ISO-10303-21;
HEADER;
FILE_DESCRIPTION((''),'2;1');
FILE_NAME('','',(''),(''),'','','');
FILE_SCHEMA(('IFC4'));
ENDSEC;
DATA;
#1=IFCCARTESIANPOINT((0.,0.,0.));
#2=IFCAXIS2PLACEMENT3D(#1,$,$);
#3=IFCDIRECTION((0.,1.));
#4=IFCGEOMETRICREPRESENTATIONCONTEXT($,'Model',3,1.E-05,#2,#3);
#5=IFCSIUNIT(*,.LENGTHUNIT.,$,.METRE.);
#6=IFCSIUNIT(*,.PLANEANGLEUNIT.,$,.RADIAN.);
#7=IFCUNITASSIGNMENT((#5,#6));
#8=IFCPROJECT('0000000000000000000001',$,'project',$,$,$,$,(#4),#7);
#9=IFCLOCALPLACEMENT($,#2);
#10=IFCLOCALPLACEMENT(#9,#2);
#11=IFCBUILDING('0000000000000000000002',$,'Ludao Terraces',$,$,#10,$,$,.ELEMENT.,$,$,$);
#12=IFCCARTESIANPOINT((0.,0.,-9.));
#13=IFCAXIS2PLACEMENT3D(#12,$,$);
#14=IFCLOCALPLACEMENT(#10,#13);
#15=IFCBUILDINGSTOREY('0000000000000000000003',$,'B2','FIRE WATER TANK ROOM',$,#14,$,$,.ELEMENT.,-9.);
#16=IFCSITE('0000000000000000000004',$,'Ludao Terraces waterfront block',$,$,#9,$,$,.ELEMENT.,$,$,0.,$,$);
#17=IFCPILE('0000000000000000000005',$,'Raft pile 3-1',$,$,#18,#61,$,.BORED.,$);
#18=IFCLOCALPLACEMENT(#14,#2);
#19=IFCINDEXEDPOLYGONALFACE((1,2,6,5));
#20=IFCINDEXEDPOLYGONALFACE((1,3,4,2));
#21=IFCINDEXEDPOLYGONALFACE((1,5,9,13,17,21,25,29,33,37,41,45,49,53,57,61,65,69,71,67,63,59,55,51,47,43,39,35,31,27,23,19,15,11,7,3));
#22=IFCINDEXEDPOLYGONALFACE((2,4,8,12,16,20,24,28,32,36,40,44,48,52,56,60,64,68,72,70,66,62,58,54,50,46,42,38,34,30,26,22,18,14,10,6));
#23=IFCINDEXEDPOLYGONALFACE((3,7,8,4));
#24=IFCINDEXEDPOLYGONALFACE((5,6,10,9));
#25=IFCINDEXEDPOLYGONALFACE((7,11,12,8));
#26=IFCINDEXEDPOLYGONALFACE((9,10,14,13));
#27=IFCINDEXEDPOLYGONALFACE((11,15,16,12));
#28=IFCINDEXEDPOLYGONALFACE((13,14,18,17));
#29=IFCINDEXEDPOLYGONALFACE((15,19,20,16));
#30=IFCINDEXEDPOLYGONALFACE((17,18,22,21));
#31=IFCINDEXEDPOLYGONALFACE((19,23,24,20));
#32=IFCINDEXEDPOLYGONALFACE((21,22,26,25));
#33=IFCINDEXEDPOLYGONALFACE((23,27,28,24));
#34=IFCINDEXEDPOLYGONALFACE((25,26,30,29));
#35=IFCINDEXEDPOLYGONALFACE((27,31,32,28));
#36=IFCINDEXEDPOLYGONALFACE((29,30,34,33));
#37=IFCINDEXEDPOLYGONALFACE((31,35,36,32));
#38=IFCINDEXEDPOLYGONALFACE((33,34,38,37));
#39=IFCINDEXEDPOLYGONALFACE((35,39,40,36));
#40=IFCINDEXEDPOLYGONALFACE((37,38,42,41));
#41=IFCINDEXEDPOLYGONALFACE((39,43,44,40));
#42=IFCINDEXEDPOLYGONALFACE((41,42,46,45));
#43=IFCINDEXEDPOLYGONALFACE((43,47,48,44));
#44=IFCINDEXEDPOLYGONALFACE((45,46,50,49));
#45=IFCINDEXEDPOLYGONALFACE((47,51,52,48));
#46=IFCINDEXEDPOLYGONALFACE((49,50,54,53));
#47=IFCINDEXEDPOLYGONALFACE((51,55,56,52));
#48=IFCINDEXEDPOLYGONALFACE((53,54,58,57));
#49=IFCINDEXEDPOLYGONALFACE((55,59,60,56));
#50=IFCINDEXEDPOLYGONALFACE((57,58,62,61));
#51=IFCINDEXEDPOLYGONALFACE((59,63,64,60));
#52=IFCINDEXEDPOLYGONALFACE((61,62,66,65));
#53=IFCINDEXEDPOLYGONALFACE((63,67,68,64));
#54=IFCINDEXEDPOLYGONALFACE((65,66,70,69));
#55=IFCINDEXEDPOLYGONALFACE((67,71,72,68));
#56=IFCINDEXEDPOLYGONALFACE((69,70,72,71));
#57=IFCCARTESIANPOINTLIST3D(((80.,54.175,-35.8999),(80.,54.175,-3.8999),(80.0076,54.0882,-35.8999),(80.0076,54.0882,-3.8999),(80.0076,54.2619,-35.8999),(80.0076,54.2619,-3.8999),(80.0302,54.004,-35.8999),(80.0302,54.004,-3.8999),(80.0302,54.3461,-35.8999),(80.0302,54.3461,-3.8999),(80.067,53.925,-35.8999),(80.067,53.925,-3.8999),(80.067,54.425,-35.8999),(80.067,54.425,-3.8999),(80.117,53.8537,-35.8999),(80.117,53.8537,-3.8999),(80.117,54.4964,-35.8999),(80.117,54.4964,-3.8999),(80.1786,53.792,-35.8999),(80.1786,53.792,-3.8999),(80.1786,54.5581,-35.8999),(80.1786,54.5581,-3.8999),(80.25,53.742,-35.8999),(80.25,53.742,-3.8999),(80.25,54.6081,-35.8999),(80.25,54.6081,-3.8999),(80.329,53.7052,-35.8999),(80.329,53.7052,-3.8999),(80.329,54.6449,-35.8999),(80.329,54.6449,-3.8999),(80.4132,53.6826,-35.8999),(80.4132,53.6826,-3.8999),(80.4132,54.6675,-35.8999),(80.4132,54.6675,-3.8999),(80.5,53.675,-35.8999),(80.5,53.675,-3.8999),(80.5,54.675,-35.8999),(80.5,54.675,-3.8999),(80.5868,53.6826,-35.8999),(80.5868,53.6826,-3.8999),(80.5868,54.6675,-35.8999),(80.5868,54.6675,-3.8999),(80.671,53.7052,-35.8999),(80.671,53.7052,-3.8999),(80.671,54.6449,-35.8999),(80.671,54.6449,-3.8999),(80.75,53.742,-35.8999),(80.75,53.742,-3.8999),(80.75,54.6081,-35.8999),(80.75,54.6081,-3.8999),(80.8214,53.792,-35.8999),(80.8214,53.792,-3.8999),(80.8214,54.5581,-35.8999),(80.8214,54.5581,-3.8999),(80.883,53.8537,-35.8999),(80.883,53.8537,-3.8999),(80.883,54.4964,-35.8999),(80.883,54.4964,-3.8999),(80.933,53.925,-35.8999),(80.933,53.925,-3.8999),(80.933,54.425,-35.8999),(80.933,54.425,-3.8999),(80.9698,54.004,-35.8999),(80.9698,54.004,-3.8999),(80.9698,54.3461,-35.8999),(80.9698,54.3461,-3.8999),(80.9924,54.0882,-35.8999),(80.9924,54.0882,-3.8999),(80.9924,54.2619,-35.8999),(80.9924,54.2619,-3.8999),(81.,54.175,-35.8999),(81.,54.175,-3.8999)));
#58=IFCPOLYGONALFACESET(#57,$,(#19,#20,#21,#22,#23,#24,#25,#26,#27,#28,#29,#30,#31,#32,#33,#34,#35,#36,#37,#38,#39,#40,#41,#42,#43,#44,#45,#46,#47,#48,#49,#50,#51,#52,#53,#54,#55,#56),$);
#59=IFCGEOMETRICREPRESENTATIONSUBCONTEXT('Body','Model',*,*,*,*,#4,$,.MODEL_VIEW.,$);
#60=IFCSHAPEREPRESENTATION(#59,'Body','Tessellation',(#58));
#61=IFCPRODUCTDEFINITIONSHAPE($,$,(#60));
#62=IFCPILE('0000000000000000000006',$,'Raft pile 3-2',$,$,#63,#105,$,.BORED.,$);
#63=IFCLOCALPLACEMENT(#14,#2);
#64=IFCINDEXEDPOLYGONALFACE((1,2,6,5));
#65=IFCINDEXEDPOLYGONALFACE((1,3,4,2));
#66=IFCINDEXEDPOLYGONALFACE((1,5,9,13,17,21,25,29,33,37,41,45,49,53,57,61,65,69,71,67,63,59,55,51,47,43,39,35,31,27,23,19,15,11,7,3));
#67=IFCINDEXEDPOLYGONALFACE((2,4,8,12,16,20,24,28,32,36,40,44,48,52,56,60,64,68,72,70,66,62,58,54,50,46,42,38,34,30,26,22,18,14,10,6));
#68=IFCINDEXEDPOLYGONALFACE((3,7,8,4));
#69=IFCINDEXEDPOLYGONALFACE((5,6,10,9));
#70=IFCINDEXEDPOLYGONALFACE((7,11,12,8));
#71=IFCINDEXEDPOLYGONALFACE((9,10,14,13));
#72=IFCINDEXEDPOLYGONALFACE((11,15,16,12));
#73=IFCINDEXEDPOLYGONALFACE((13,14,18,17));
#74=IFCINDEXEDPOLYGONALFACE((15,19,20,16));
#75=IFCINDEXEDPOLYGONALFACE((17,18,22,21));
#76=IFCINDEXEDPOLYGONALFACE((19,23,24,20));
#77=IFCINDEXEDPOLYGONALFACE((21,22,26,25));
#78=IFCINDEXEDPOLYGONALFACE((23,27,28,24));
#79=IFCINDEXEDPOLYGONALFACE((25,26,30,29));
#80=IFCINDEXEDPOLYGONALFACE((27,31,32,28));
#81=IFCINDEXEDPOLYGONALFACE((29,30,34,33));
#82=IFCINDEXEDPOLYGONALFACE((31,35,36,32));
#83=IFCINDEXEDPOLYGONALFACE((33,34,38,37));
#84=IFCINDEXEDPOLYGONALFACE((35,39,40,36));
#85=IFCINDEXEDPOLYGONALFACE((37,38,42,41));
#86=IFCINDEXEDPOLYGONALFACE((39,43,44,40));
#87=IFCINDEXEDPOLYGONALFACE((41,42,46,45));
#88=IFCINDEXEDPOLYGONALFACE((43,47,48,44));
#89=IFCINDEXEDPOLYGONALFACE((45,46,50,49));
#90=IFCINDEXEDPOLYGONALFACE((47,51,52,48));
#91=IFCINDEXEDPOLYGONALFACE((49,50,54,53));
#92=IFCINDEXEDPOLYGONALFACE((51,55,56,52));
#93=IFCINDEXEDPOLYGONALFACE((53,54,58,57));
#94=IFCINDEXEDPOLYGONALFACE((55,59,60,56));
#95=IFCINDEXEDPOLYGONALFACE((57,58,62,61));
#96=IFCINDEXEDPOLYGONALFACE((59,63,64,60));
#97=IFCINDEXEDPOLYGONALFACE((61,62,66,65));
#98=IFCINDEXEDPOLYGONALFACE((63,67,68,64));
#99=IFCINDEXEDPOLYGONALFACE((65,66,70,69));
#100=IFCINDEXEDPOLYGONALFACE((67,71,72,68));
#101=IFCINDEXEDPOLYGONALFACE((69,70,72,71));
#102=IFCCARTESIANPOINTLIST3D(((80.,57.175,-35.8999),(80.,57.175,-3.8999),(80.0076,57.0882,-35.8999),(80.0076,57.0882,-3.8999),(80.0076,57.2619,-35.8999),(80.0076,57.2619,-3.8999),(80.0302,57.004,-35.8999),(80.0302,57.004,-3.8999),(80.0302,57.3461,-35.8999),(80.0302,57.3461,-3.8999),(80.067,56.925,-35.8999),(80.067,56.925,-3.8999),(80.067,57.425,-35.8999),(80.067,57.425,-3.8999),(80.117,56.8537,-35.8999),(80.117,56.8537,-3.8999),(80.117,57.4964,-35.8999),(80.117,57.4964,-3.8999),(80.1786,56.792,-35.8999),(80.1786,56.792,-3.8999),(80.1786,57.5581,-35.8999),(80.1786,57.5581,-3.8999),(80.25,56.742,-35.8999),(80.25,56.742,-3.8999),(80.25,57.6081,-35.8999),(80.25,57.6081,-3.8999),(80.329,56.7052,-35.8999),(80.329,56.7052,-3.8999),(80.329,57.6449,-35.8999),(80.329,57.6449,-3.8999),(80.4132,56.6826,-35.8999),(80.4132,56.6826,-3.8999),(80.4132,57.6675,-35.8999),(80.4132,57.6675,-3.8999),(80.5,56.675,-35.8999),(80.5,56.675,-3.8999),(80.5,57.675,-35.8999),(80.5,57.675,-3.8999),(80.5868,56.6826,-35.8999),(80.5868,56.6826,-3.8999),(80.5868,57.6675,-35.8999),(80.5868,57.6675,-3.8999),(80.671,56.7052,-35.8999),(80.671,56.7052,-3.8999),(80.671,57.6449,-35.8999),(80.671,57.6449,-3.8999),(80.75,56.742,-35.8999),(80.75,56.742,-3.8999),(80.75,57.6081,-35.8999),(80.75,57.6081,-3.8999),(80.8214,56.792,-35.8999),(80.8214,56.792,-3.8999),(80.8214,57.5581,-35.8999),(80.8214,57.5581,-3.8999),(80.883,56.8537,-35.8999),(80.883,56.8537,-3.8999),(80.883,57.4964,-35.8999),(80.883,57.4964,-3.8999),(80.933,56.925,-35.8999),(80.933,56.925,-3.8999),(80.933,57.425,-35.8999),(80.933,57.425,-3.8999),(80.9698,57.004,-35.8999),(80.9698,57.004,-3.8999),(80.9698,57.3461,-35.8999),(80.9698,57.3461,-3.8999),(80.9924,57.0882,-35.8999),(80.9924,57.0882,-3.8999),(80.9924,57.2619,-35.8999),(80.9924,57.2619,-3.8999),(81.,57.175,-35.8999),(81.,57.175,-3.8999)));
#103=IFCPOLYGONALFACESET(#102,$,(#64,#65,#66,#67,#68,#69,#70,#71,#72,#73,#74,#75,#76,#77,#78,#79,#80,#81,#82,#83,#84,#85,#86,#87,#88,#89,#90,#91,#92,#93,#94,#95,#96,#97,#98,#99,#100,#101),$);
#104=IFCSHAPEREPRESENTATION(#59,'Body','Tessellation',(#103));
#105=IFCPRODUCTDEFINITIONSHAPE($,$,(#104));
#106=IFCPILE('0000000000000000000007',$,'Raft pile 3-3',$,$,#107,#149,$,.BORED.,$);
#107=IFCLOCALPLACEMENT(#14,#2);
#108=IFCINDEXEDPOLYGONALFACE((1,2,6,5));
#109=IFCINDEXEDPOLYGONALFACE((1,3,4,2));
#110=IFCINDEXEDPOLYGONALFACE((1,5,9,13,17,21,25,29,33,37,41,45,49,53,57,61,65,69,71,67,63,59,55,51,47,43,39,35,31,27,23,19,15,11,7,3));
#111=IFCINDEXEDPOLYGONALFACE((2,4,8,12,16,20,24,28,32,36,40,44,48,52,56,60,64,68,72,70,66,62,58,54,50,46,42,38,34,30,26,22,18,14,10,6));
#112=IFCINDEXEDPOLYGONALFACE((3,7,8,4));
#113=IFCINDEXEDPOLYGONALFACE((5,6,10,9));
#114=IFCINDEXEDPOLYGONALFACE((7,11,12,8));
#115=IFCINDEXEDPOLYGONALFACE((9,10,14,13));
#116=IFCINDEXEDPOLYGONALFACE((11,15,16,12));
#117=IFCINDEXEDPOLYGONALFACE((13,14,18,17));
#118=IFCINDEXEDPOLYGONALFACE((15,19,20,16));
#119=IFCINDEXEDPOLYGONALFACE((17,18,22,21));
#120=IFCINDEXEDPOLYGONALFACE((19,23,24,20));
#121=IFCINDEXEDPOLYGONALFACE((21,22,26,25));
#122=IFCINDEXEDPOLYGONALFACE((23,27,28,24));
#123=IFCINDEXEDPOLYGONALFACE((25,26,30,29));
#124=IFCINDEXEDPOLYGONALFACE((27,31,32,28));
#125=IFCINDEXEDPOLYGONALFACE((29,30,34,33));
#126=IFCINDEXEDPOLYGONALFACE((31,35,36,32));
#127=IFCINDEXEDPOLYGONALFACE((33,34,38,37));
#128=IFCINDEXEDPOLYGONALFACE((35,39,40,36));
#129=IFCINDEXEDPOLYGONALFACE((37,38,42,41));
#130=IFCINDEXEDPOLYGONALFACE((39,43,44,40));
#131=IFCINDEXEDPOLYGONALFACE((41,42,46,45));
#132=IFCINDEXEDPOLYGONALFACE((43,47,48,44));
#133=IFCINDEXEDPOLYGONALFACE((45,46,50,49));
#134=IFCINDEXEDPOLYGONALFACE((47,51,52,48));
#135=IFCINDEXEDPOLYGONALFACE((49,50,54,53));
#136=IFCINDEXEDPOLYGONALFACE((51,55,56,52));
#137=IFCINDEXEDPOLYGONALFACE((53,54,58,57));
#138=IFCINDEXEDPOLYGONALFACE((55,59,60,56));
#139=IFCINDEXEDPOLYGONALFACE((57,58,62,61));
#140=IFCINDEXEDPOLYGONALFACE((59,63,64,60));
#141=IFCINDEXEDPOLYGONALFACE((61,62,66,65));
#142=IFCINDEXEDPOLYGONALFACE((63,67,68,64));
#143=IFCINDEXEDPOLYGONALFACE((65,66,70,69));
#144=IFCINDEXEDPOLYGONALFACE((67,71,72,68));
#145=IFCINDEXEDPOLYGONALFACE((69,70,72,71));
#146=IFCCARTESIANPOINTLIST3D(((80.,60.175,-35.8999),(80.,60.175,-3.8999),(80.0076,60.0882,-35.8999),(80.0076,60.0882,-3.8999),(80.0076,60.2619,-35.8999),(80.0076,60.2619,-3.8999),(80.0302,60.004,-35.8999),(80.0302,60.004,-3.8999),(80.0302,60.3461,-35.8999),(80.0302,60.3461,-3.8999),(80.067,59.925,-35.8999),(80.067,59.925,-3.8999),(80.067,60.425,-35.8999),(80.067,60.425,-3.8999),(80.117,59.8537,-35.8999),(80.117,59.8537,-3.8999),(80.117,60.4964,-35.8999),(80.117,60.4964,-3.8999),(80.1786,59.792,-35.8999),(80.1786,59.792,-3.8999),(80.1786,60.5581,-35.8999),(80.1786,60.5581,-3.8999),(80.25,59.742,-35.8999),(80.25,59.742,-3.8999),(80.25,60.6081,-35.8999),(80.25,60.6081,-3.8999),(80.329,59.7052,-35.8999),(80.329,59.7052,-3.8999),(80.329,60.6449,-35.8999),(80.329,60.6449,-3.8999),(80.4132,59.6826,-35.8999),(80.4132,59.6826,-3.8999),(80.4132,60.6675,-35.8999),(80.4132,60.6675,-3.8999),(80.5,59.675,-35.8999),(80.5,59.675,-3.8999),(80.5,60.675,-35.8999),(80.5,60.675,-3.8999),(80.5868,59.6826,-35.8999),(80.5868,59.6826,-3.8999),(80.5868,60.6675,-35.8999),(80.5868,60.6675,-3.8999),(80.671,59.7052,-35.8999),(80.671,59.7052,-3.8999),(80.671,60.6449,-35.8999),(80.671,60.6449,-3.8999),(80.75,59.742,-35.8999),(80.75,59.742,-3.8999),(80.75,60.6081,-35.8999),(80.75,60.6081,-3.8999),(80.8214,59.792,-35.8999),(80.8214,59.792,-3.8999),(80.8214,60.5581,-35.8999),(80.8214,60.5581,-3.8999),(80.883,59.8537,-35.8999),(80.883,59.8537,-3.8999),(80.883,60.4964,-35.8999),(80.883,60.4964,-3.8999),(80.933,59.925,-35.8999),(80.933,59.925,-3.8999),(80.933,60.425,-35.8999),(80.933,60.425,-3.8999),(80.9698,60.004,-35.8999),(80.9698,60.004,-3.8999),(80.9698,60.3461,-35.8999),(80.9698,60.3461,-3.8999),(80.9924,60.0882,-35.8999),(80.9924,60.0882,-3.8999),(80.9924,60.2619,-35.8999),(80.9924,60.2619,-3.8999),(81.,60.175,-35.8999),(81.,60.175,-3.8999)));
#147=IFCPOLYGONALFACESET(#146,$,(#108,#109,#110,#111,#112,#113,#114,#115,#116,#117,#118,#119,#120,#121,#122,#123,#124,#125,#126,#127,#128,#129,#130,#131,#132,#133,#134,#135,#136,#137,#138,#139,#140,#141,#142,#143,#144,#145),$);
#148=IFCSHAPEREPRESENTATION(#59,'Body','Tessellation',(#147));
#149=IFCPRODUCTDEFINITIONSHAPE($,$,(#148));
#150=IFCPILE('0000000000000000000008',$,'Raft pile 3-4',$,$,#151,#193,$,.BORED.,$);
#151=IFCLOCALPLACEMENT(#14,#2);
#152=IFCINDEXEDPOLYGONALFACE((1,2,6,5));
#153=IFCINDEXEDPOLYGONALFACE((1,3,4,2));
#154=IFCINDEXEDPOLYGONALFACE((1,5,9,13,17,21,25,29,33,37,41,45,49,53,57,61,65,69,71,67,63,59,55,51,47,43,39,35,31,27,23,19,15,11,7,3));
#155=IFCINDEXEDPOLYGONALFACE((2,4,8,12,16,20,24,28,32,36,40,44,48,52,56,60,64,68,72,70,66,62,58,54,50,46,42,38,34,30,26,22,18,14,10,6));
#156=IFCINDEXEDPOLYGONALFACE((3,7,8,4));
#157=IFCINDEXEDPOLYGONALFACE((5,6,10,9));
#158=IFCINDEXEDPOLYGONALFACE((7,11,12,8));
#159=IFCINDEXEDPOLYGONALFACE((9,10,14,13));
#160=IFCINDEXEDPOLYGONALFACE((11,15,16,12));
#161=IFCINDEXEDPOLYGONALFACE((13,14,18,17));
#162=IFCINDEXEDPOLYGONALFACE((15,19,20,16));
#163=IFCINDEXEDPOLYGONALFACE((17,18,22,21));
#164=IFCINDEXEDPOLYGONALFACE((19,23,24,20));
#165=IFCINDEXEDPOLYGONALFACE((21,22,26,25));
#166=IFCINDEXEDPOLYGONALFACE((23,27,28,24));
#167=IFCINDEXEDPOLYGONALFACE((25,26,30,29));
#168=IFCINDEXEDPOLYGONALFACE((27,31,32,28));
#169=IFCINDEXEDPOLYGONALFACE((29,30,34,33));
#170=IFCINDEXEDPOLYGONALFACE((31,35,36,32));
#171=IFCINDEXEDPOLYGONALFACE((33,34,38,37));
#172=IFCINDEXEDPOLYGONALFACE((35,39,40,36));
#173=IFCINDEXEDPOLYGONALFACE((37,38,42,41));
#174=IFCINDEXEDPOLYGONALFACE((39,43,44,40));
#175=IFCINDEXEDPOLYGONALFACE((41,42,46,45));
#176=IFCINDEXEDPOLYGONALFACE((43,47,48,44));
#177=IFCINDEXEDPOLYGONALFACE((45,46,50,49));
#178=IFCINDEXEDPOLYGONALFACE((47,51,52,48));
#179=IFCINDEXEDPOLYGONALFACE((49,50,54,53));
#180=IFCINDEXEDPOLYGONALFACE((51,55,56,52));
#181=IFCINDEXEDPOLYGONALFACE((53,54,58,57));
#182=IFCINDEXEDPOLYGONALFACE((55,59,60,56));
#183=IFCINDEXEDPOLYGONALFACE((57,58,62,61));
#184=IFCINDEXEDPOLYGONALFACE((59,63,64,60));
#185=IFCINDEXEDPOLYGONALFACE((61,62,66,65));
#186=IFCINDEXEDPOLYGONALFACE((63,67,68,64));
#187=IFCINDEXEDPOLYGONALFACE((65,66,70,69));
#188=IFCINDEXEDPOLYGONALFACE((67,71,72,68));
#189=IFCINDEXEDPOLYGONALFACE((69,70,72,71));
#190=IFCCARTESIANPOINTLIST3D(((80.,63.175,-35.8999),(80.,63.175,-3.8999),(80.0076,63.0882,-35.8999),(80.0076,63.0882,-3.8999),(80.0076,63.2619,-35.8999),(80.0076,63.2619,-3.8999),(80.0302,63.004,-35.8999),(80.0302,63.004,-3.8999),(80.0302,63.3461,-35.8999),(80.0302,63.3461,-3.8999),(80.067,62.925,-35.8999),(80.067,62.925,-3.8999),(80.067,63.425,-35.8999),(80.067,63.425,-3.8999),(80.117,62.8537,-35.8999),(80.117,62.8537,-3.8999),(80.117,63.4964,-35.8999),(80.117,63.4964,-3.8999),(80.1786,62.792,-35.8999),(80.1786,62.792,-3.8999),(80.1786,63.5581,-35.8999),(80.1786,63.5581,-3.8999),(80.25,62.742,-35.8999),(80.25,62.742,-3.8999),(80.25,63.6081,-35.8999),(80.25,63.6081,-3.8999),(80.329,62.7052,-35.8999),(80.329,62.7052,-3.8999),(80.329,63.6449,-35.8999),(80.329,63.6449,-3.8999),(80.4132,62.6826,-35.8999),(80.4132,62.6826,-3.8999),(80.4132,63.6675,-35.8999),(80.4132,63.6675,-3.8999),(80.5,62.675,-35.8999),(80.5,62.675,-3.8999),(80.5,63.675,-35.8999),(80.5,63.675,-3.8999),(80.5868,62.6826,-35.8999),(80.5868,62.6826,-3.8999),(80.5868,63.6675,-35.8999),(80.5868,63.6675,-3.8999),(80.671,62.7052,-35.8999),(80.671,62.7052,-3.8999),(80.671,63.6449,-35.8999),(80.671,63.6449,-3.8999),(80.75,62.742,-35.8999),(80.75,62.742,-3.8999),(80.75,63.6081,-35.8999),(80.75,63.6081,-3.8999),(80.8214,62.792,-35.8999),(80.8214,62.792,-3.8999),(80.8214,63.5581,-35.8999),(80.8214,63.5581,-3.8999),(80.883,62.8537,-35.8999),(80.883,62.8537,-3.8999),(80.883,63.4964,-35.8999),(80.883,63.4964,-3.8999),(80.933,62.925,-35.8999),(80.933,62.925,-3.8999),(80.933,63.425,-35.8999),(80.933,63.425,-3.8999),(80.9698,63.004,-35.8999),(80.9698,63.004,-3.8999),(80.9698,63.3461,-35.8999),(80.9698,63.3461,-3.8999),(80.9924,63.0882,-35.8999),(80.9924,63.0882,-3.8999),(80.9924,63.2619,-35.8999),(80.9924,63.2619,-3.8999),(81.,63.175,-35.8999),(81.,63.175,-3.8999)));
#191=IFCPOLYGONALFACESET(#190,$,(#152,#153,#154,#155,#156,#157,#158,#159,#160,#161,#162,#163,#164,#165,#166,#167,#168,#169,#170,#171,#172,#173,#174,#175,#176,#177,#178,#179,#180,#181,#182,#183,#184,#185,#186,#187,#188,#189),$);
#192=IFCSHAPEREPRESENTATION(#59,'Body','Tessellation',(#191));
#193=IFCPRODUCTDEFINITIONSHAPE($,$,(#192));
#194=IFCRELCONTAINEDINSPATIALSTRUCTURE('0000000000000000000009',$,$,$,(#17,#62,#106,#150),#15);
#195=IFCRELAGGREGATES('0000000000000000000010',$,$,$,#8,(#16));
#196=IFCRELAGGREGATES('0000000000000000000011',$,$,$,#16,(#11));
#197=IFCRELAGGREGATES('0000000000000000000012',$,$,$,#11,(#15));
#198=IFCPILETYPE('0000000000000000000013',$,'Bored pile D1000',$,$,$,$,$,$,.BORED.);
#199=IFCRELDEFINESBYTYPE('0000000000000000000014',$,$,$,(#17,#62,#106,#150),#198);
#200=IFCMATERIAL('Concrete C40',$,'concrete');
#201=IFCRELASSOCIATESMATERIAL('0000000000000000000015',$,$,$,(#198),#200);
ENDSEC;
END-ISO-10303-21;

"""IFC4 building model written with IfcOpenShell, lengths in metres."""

from ifc_helpers import new_model, si_unit, direction, frame, origin, origin_2d, place, context, subcontext, project, spatial, circle, extrude, material, material_profile, profile_set, type_object, element, save


model = new_model("IFC4")

# Units and contexts
model_context = context("Model", 3, precision=1e-05, world=origin(), true_north=direction((0.0, 1.0)))
body_context = subcontext(model_context, "Body", "Model", "MODEL_VIEW")
ifc_project = project(units=[si_unit("LENGTHUNIT", "METRE"), si_unit("PLANEANGLEUNIT", "RADIAN")], contexts=[model_context])

# Site, building, storey
site_placement = place(None, origin())
site = spatial("IfcSite", under=ifc_project, at=site_placement, Name="Ludao Terraces waterfront block", CompositionType="ELEMENT", RefElevation=0.0)
building_placement = place(site_placement, origin())
building = spatial("IfcBuilding", under=site, at=building_placement, Name="Ludao Terraces", CompositionType="ELEMENT")
storey_placement = place(building_placement, frame((0.0, 0.0, -9.0)))
storey = spatial("IfcBuildingStorey", under=building, at=storey_placement, Name="B2", Description="FIRE WATER TANK ROOM", CompositionType="ELEMENT", Elevation=-9.0)

# Piles
ifc_material_1 = material(Name="Concrete C40", Category="concrete")
ifc_material_profile = material_profile(ifc_material_1, circle(Radius=0.5, at=origin_2d()), Name="D1000 BORED PILE")
ifc_profile_set = profile_set([ifc_material_profile], Name="Concrete C40")
pile_type = type_object("IfcPileType", Name="Bored pile D1000", PredefinedType="BORED", material=ifc_profile_set)
for number, where, z_axis, x_axis, name in (
    (1, (80.5, 54.175, -3.8999), (0.0, 0.0, -1.0), (1.0, 0.0, 0.0), "Raft pile 3-1"),
    (2, (80.5, 57.175, -3.8999), (0.0, 0.0, -1.0), (1.0, 0.0, 0.0), "Raft pile 3-2"),
    (3, (80.5, 60.175, -3.8999), (0.0, 0.0, -1.0), (1.0, 0.0, 0.0), "Raft pile 3-3"),
    (4, (80.5, 63.175, -3.8999), (0.0, 0.0, -1.0), (1.0, 0.0, 0.0), "Raft pile 3-4"),
):
    element("IfcPile", number, at=place(storey_placement, frame(where, z_axis=z_axis, x_axis=x_axis)), inside=storey, type_object=pile_type, Name=name, PredefinedType="BORED", context=body_context, shape_type="SweptSolid", body=[
        extrude(circle(Radius=0.5, at=origin_2d()), origin(), (0.0, 0.0, 1.0), 32.0),
    ])

save(model, "model.ifc")
